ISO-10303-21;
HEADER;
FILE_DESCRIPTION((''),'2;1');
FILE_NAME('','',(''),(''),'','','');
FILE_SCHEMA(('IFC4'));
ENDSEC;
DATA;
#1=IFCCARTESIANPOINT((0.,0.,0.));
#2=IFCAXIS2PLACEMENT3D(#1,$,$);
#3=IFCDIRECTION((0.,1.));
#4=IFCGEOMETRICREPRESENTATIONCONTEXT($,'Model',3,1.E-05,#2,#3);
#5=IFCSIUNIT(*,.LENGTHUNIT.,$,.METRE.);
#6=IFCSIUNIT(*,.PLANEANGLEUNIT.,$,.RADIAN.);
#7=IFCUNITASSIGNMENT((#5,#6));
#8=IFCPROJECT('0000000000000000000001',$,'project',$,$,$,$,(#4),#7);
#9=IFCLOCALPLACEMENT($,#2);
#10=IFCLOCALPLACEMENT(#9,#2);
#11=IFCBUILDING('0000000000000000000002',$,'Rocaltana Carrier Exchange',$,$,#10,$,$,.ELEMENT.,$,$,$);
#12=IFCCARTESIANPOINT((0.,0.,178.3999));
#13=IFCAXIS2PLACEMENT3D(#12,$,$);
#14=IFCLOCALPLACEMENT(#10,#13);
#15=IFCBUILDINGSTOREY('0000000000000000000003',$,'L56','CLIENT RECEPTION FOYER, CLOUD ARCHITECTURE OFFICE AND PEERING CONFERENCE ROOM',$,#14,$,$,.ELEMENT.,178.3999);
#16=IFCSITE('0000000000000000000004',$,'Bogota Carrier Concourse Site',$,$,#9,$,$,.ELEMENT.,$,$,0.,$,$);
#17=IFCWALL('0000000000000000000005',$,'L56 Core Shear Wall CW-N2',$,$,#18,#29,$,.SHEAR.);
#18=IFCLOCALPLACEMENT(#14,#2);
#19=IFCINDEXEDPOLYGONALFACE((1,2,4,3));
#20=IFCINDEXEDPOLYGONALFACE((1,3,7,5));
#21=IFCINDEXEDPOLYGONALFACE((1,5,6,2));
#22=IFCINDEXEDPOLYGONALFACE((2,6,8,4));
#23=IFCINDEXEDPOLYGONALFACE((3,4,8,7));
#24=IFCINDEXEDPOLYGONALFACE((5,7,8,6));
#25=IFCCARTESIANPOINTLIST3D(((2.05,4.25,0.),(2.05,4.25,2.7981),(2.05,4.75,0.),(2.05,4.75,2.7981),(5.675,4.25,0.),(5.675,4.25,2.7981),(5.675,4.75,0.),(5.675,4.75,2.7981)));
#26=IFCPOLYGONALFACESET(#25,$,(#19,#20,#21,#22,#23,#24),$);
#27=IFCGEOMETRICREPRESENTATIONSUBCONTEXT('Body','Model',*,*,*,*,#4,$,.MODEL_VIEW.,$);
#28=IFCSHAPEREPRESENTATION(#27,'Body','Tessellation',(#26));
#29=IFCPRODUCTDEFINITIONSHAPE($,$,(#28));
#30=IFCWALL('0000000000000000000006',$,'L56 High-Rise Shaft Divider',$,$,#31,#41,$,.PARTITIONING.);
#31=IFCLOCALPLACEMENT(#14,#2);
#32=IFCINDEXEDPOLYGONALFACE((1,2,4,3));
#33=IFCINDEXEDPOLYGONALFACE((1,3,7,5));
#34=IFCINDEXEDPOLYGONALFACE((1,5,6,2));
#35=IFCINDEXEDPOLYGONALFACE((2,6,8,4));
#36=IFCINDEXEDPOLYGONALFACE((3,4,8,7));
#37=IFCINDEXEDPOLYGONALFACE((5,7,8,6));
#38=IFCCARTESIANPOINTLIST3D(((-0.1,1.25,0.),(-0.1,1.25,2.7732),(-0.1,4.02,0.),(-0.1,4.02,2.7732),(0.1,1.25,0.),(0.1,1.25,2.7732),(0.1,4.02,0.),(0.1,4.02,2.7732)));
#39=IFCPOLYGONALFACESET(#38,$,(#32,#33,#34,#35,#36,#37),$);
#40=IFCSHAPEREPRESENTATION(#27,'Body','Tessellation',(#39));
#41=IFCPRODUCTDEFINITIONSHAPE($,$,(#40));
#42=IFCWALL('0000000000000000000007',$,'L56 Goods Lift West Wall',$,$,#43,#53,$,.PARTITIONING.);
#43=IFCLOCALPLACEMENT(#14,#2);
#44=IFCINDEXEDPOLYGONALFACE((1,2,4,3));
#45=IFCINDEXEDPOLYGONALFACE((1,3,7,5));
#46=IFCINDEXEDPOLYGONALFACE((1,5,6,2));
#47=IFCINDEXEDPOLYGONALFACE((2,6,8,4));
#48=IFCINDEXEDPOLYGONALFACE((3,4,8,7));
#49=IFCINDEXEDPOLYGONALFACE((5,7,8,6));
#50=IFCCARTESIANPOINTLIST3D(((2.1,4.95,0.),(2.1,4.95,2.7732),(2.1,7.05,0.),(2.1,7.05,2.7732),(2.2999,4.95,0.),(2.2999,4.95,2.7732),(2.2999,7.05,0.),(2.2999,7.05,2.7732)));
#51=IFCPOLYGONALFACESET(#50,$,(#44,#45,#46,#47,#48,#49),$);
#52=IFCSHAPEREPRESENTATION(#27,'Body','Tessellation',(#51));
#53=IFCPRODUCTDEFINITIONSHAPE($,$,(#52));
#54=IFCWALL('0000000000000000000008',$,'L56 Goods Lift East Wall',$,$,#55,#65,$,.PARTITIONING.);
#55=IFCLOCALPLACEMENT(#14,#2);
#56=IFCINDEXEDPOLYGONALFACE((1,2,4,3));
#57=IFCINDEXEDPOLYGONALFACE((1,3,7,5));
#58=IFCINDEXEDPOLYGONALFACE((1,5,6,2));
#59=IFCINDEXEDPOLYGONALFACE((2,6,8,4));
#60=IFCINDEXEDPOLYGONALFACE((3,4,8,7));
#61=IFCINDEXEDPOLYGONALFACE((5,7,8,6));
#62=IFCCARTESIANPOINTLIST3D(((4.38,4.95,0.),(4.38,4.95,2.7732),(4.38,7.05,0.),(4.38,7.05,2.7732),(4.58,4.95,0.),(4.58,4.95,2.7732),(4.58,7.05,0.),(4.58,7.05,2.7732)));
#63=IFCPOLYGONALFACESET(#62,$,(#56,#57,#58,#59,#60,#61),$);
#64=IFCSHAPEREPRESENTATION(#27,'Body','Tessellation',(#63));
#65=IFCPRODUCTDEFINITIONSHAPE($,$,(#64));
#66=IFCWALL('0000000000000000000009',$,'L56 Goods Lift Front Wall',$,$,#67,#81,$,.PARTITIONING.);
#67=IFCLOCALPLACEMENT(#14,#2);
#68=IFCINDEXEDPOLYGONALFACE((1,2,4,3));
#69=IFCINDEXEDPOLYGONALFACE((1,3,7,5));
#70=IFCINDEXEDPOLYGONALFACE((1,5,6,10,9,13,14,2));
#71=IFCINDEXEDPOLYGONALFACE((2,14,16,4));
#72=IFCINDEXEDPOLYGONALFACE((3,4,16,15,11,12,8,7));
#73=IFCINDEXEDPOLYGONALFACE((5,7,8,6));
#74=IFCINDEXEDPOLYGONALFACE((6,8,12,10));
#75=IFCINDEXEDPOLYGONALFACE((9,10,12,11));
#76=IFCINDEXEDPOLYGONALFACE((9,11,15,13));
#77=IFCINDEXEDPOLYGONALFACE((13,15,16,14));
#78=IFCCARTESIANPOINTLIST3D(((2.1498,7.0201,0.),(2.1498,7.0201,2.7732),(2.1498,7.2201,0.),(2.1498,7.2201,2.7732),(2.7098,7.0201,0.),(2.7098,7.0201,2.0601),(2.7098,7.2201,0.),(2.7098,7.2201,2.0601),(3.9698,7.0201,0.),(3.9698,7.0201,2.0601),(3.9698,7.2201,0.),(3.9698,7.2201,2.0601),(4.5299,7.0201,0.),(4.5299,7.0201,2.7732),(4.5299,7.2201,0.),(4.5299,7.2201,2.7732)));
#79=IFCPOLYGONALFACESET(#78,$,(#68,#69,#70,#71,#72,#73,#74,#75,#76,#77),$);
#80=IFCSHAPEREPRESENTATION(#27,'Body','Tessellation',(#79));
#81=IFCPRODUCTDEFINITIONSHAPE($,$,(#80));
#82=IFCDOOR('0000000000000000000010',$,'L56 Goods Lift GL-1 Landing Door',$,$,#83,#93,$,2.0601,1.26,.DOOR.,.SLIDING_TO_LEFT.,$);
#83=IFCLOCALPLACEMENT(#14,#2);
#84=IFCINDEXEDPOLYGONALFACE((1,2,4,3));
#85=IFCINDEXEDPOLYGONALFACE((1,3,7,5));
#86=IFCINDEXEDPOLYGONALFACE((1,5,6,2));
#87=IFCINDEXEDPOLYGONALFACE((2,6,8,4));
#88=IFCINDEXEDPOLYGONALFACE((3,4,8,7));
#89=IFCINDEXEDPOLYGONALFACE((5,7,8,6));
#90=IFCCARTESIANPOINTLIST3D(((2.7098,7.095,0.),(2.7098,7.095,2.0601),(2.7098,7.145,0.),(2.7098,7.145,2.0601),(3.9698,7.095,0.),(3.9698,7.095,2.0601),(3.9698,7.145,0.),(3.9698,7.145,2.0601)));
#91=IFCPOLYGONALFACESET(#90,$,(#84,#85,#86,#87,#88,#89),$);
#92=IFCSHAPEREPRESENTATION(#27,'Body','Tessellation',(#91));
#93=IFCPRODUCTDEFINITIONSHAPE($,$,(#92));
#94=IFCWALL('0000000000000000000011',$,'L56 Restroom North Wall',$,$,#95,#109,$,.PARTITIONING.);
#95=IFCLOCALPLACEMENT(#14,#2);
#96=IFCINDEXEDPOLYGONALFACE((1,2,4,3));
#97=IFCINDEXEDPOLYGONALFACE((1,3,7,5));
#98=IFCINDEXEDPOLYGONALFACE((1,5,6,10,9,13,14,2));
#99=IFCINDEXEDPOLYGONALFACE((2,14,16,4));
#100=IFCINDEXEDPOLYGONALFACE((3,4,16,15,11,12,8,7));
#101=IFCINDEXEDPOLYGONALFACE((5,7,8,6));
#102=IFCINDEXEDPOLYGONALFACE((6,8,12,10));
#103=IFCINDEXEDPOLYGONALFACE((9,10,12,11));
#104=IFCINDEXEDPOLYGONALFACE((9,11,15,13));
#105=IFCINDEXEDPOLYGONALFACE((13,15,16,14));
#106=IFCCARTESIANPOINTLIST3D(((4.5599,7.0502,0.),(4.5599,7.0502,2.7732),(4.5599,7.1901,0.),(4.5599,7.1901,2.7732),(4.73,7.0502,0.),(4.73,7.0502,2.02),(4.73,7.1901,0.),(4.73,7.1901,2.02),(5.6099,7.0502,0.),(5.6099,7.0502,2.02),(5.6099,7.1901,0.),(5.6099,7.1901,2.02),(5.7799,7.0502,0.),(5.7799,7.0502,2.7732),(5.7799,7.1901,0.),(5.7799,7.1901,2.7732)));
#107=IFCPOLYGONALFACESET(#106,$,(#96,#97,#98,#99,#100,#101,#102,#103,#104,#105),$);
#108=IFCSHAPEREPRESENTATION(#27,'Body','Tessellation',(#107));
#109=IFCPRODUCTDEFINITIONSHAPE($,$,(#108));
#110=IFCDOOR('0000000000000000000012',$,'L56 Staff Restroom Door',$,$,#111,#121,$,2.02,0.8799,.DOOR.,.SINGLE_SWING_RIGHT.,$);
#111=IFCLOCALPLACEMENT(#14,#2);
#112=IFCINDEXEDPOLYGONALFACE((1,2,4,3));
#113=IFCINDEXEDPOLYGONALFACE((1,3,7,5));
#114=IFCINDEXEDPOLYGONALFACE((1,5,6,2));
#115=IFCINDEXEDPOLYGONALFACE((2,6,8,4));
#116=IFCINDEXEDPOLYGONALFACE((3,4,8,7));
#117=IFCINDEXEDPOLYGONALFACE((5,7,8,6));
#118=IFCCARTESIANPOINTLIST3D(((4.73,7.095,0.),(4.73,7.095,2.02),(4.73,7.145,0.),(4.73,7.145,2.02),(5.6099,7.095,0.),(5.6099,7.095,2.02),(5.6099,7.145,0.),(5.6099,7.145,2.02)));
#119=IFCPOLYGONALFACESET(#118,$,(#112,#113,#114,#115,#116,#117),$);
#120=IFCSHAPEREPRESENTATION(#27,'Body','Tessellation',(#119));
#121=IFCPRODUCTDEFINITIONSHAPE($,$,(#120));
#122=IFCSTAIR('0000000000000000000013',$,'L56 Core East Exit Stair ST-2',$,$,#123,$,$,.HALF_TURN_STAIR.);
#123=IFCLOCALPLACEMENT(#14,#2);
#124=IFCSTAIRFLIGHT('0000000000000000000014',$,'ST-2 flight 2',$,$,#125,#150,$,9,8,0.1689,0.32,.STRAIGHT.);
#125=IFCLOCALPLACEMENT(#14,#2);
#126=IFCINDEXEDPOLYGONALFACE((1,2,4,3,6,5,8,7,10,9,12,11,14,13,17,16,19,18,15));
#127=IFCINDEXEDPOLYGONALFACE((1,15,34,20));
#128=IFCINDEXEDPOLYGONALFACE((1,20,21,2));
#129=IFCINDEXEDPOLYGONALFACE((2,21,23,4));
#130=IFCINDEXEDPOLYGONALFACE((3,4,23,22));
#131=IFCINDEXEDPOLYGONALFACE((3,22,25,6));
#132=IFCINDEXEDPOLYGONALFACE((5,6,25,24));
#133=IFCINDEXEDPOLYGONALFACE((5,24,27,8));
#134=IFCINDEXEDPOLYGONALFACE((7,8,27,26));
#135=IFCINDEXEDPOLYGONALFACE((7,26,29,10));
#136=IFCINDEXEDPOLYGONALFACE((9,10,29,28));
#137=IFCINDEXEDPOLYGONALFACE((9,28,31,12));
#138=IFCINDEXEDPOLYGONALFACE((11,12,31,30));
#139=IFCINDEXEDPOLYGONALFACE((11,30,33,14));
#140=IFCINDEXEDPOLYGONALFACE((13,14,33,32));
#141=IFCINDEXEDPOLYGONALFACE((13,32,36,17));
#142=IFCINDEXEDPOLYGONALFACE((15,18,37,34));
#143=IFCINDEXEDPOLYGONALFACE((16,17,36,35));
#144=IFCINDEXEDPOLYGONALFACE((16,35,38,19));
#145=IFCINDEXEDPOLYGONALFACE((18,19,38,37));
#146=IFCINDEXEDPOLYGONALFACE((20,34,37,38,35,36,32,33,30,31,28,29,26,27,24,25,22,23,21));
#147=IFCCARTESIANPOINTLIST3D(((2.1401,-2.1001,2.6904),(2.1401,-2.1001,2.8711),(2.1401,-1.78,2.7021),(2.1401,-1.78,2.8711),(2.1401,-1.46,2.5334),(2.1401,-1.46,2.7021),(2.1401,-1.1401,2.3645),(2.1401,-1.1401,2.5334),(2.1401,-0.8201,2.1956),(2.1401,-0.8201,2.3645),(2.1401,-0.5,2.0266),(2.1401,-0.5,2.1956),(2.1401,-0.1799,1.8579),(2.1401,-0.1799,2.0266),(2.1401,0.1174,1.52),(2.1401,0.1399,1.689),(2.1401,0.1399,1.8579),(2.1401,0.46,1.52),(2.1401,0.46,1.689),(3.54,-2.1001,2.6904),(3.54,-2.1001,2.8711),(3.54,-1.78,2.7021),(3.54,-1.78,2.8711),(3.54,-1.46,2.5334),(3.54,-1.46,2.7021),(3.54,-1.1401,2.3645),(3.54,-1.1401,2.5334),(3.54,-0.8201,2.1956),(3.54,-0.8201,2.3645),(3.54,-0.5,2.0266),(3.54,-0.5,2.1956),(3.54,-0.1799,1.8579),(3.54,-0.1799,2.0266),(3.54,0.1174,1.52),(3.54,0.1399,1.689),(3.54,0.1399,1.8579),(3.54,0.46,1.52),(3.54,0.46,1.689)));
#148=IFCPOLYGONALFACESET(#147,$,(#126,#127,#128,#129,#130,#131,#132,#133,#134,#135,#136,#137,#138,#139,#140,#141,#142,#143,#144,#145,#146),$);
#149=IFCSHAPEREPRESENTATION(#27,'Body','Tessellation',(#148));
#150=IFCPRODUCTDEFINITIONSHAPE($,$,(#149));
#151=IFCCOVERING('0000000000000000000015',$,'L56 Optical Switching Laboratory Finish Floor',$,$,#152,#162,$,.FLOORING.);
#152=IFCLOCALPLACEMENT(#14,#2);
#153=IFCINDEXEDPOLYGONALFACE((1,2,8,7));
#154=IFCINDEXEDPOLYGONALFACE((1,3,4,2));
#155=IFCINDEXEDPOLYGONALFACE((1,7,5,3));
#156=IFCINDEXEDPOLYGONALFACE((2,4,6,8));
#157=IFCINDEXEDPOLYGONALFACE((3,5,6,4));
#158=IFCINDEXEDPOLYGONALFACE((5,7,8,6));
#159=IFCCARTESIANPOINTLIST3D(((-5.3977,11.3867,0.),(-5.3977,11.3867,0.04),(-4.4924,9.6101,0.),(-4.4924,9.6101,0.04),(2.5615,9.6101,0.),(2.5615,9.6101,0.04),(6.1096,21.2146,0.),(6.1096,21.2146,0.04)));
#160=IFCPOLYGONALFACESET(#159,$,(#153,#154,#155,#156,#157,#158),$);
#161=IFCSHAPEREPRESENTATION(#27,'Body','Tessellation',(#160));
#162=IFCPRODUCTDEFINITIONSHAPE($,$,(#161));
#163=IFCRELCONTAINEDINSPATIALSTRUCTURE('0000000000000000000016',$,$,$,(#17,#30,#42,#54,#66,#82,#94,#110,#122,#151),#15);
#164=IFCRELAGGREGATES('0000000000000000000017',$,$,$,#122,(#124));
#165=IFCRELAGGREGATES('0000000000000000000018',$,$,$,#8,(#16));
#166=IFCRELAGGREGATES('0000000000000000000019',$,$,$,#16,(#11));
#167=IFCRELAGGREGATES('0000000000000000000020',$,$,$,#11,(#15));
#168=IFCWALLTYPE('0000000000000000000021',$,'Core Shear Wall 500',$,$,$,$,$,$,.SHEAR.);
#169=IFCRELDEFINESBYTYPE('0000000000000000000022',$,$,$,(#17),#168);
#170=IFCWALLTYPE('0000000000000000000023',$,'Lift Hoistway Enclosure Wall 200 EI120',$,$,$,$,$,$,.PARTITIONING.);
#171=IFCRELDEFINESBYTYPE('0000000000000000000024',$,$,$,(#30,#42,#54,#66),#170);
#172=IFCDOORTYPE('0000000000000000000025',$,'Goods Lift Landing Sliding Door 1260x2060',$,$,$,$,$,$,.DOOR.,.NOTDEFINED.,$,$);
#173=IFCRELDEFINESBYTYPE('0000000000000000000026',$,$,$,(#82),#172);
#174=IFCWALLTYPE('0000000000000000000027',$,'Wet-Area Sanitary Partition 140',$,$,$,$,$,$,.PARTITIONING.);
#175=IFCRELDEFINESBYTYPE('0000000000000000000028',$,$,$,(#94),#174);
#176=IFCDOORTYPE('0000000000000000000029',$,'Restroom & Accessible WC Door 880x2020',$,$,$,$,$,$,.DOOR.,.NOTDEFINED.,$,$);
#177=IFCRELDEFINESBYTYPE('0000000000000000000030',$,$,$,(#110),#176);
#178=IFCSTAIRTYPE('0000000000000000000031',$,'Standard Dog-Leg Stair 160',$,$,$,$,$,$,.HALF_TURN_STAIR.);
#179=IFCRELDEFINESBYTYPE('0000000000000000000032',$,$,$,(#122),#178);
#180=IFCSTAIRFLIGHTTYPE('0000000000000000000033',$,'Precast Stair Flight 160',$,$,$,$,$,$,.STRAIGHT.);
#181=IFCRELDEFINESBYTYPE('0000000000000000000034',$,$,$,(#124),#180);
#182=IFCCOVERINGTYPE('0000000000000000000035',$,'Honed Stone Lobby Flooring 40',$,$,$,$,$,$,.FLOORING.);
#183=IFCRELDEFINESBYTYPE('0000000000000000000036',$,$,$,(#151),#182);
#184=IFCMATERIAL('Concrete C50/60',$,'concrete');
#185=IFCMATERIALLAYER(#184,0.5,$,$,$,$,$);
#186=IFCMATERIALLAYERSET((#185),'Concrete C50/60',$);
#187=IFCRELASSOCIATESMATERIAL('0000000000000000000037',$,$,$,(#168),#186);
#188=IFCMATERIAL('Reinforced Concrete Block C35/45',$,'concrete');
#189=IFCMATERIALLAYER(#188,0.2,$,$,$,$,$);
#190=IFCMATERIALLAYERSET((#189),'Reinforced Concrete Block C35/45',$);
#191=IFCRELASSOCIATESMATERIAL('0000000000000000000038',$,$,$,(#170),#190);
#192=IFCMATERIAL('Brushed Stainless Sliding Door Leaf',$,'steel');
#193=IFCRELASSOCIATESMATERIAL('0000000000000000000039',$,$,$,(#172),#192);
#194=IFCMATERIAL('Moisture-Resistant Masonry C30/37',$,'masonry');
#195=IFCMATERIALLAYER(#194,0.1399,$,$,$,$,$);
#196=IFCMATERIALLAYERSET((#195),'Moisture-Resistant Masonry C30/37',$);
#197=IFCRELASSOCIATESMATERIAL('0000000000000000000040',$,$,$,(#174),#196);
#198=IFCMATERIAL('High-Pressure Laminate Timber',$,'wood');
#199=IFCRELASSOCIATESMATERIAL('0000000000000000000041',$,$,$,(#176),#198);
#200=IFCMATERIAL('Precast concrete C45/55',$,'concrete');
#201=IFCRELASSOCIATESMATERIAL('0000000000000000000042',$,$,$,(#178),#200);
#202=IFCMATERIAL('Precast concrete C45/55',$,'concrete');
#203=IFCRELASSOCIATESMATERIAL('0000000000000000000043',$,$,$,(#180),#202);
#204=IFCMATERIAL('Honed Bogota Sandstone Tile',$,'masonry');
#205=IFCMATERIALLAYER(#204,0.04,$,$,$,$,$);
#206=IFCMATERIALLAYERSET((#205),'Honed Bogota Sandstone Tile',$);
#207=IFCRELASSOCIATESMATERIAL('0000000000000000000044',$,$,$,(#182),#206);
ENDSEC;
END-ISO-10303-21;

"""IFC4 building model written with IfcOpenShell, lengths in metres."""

from ifc_helpers import new_model, si_unit, direction, frame, frame_2d, origin, place, context, subcontext, project, spatial, polyline, rectangle, outline, extrude, material, layer, layer_set, type_object, element, fill, aggregate, save


model = new_model("IFC4")

# Units and contexts
model_context = context("Model", 3, precision=1e-05, world=origin(), true_north=direction((0.0, 1.0)))
body_context = subcontext(model_context, "Body", "Model", "MODEL_VIEW")
ifc_project = project(units=[si_unit("LENGTHUNIT", "METRE"), si_unit("PLANEANGLEUNIT", "RADIAN")], contexts=[model_context])

# Site, building, storey
site_placement = place(None, origin())
site = spatial("IfcSite", under=ifc_project, at=site_placement, Name="Bogota Carrier Concourse Site", CompositionType="ELEMENT", RefElevation=0.0)
building_placement = place(site_placement, origin())
building = spatial("IfcBuilding", under=site, at=building_placement, Name="Rocaltana Carrier Exchange", CompositionType="ELEMENT")
storey_placement = place(building_placement, frame((0.0, 0.0, 178.3999)))
storey = spatial("IfcBuildingStorey", under=building, at=storey_placement, Name="L56", Description="CLIENT RECEPTION FOYER, CLOUD ARCHITECTURE OFFICE AND PEERING CONFERENCE ROOM", CompositionType="ELEMENT", Elevation=178.3999)

# Walls
ifc_material_1 = material(Name="Concrete C50/60", Category="concrete")
ifc_layer_1 = layer(ifc_material_1, 0.5)
ifc_layer_set_1 = layer_set([ifc_layer_1], Name="Concrete C50/60")
wall_type_1 = type_object("IfcWallType", Name="Core Shear Wall 500", PredefinedType="SHEAR", material=ifc_layer_set_1)
wall_1_placement = place(storey_placement, frame((2.05, 4.5, 0.0), z_axis=(0.0, 0.0, 1.0), x_axis=(1.0, 0.0, 0.0)))
element("IfcWall", 1, at=wall_1_placement, inside=storey, type_object=wall_type_1, Name="L56 Core Shear Wall CW-N2", PredefinedType="SHEAR", context=body_context, shape_type="SweptSolid", body=[
    extrude(rectangle(XDim=3.625, YDim=0.5, at=frame_2d((1.8125, 0.0))), origin(), (0.0, 0.0, 1.0), 2.7981),
])
ifc_material_2 = material(Name="Reinforced Concrete Block C35/45", Category="concrete")
ifc_layer_2 = layer(ifc_material_2, 0.2)
ifc_layer_set_2 = layer_set([ifc_layer_2], Name="Reinforced Concrete Block C35/45")
wall_type_2 = type_object("IfcWallType", Name="Lift Hoistway Enclosure Wall 200 EI120", PredefinedType="PARTITIONING", material=ifc_layer_set_2)
wall_2_placement = place(storey_placement, frame((0.0, 1.25, 0.0), z_axis=(0.0, 0.0, 1.0), x_axis=(0.0, 1.0, 0.0)))
element("IfcWall", 2, at=wall_2_placement, inside=storey, type_object=wall_type_2, Name="L56 High-Rise Shaft Divider", PredefinedType="PARTITIONING", context=body_context, shape_type="SweptSolid", body=[
    extrude(rectangle(XDim=2.77, YDim=0.2, at=frame_2d((1.385, 0.0))), origin(), (0.0, 0.0, 1.0), 2.7732),
])
for number, where, z_axis, x_axis, name in (
    (3, (2.2, 4.95, 0.0), (0.0, 0.0, 1.0), (0.0, 1.0, 0.0), "L56 Goods Lift West Wall"),
    (4, (4.48, 4.95, 0.0), (0.0, 0.0, 1.0), (0.0, 1.0, 0.0), "L56 Goods Lift East Wall"),
):
    element("IfcWall", number, at=place(storey_placement, frame(where, z_axis=z_axis, x_axis=x_axis)), inside=storey, type_object=wall_type_2, Name=name, PredefinedType="PARTITIONING", context=body_context, shape_type="SweptSolid", body=[
        extrude(rectangle(XDim=2.1001, YDim=0.2, at=frame_2d((1.05, 0.0))), origin(), (0.0, 0.0, 1.0), 2.7732),
    ])

# Walls, openings, doors
wall_3_placement = place(storey_placement, frame((2.1499, 7.1201, 0.0), z_axis=(0.0, 0.0, 1.0), x_axis=(1.0, 0.0, 0.0)))
wall_3 = element("IfcWall", 5, at=wall_3_placement, inside=storey, type_object=wall_type_2, Name="L56 Goods Lift Front Wall", PredefinedType="PARTITIONING", context=body_context, shape_type="SweptSolid", body=[
    extrude(rectangle(XDim=2.3801, YDim=0.2, at=frame_2d((1.1899, 0.0))), origin(), (0.0, 0.0, 1.0), 2.7732),
])
opening_1_placement = place(wall_3_placement, frame((0.5601, 0.0, 0.0)))
opening_1 = element("IfcOpeningElement", 6, at=opening_1_placement, cuts=wall_3, PredefinedType="OPENING", context=body_context, shape_type="SweptSolid", body=[
    extrude(rectangle(XDim=1.26, YDim=2.0601, at=frame_2d((0.6299, 1.03))), frame((0.0, 0.1099, 0.0), z_axis=(0.0, -1.0, 0.0), x_axis=(1.0, 0.0, 0.0)), (0.0, 0.0, 1.0), 0.22),
])
ifc_material_3 = material(Name="Brushed Stainless Sliding Door Leaf", Category="steel")
door_type_1 = type_object("IfcDoorType", Name="Goods Lift Landing Sliding Door 1260x2060", OperationType="NOTDEFINED", PredefinedType="DOOR", material=ifc_material_3)
door_1_placement = place(opening_1_placement, origin())
door_1 = element("IfcDoor", 7, at=door_1_placement, inside=storey, type_object=door_type_1, Name="L56 Goods Lift GL-1 Landing Door", OperationType="SLIDING_TO_LEFT", OverallHeight=2.0601, OverallWidth=1.26, PredefinedType="DOOR", context=body_context, shape_type="SweptSolid", body=[
    extrude(rectangle(XDim=1.26, YDim=2.0601, at=frame_2d((0.6299, 1.03))), frame((0.0, 0.0249, 0.0), z_axis=(0.0, -1.0, 0.0), x_axis=(1.0, 0.0, 0.0)), (0.0, 0.0, 1.0), 0.05),
])
fill(opening_1, door_1)
ifc_material_4 = material(Name="Moisture-Resistant Masonry C30/37", Category="masonry")
ifc_layer_3 = layer(ifc_material_4, 0.1399)
ifc_layer_set_3 = layer_set([ifc_layer_3], Name="Moisture-Resistant Masonry C30/37")
wall_type_3 = type_object("IfcWallType", Name="Wet-Area Sanitary Partition 140", PredefinedType="PARTITIONING", material=ifc_layer_set_3)
wall_4_placement = place(storey_placement, frame((4.5601, 7.1201, 0.0), z_axis=(0.0, 0.0, 1.0), x_axis=(1.0, 0.0, 0.0)))
wall_4 = element("IfcWall", 8, at=wall_4_placement, inside=storey, type_object=wall_type_3, Name="L56 Restroom North Wall", PredefinedType="PARTITIONING", context=body_context, shape_type="SweptSolid", body=[
    extrude(rectangle(XDim=1.22, YDim=0.1399, at=frame_2d((0.6099, 0.0))), origin(), (0.0, 0.0, 1.0), 2.7732),
])
opening_2_placement = place(wall_4_placement, frame((0.1699, 0.0, 0.0)))
opening_2 = element("IfcOpeningElement", 9, at=opening_2_placement, cuts=wall_4, PredefinedType="OPENING", context=body_context, shape_type="SweptSolid", body=[
    extrude(rectangle(XDim=0.8799, YDim=2.02, at=frame_2d((0.4399, 1.01))), frame((0.0, 0.0798, 0.0), z_axis=(0.0, -1.0, 0.0), x_axis=(1.0, 0.0, 0.0)), (0.0, 0.0, 1.0), 0.1599),
])
ifc_material_5 = material(Name="High-Pressure Laminate Timber", Category="wood")
door_type_2 = type_object("IfcDoorType", Name="Restroom & Accessible WC Door 880x2020", OperationType="NOTDEFINED", PredefinedType="DOOR", material=ifc_material_5)
door_2_placement = place(opening_2_placement, origin())
door_2 = element("IfcDoor", 10, at=door_2_placement, inside=storey, type_object=door_type_2, Name="L56 Staff Restroom Door", OperationType="SINGLE_SWING_RIGHT", OverallHeight=2.02, OverallWidth=0.8799, PredefinedType="DOOR", context=body_context, shape_type="SweptSolid", body=[
    extrude(rectangle(XDim=0.8799, YDim=2.02, at=frame_2d((0.4399, 1.01))), frame((0.0, 0.0249, 0.0), z_axis=(0.0, -1.0, 0.0), x_axis=(1.0, 0.0, 0.0)), (0.0, 0.0, 1.0), 0.05),
])
fill(opening_2, door_2)

# Stair, stair flight
ifc_material_6 = material(Name="Precast concrete C45/55", Category="concrete")
stair_type = type_object("IfcStairType", Name="Standard Dog-Leg Stair 160", PredefinedType="HALF_TURN_STAIR", material=ifc_material_6)
stair_placement = place(storey_placement, origin())
stair = element("IfcStair", 11, at=stair_placement, inside=storey, type_object=stair_type, Name="L56 Core East Exit Stair ST-2", PredefinedType="HALF_TURN_STAIR")
ifc_material_7 = material(Name="Precast concrete C45/55", Category="concrete")
stair_flight_type = type_object("IfcStairFlightType", Name="Precast Stair Flight 160", PredefinedType="STRAIGHT", material=ifc_material_7)
stair_flight_placement = place(storey_placement, frame((2.8401, 0.46, 1.52), z_axis=(0.0, 0.0, 1.0), x_axis=(0.0, -1.0, 0.0)))
stair_flight = element("IfcStairFlight", 12, at=stair_flight_placement, type_object=stair_flight_type, Name="ST-2 flight 2", NumberOfRisers=9, NumberOfTreads=8, PredefinedType="STRAIGHT", RiserHeight=0.1689, TreadLength=0.32, context=body_context, shape_type="SweptSolid", body=[
    extrude(outline(polyline([(0.0, 0.0), (0.0, 0.1689), (0.3201, 0.1689), (0.3201, 0.3379), (0.6399, 0.3379), (0.6399, 0.5066), (0.96, 0.5066), (0.96, 0.6755), (1.28, 0.6755), (1.28, 0.8445), (1.6001, 0.8445), (1.6001, 1.0134), (1.9199, 1.0134), (1.9199, 1.1821), (2.24, 1.1821), (2.24, 1.3511), (2.5601, 1.3511), (2.5601, 1.52), (2.5601, 1.1704), (0.3425, 0.0), (0.0, 0.0)])), frame((0.0, 0.7, 0.0), z_axis=(0.0, -1.0, 0.0), x_axis=(1.0, 0.0, 0.0)), (0.0, 0.0, 1.0), 1.3999),
])
aggregate(stair, [stair_flight])

# Covering
ifc_material_8 = material(Name="Honed Bogota Sandstone Tile", Category="masonry")
ifc_layer_4 = layer(ifc_material_8, 0.04)
ifc_layer_set_4 = layer_set([ifc_layer_4], Name="Honed Bogota Sandstone Tile")
covering_type_1 = type_object("IfcCoveringType", Name="Honed Stone Lobby Flooring 40", PredefinedType="FLOORING", material=ifc_layer_set_4)
covering_1_placement = place(storey_placement, origin())
element("IfcCovering", 13, at=covering_1_placement, inside=storey, type_object=covering_type_1, Name="L56 Optical Switching Laboratory Finish Floor", PredefinedType="FLOORING", context=body_context, shape_type="SweptSolid", body=[
    extrude(outline(polyline([(6.1096, 21.2146), (2.5615, 9.6101), (-4.4924, 9.6101), (-5.3977, 11.3867), (6.1096, 21.2146)])), origin(), (0.0, 0.0, 1.0), 0.04),
])

save(model, "model.ifc")
